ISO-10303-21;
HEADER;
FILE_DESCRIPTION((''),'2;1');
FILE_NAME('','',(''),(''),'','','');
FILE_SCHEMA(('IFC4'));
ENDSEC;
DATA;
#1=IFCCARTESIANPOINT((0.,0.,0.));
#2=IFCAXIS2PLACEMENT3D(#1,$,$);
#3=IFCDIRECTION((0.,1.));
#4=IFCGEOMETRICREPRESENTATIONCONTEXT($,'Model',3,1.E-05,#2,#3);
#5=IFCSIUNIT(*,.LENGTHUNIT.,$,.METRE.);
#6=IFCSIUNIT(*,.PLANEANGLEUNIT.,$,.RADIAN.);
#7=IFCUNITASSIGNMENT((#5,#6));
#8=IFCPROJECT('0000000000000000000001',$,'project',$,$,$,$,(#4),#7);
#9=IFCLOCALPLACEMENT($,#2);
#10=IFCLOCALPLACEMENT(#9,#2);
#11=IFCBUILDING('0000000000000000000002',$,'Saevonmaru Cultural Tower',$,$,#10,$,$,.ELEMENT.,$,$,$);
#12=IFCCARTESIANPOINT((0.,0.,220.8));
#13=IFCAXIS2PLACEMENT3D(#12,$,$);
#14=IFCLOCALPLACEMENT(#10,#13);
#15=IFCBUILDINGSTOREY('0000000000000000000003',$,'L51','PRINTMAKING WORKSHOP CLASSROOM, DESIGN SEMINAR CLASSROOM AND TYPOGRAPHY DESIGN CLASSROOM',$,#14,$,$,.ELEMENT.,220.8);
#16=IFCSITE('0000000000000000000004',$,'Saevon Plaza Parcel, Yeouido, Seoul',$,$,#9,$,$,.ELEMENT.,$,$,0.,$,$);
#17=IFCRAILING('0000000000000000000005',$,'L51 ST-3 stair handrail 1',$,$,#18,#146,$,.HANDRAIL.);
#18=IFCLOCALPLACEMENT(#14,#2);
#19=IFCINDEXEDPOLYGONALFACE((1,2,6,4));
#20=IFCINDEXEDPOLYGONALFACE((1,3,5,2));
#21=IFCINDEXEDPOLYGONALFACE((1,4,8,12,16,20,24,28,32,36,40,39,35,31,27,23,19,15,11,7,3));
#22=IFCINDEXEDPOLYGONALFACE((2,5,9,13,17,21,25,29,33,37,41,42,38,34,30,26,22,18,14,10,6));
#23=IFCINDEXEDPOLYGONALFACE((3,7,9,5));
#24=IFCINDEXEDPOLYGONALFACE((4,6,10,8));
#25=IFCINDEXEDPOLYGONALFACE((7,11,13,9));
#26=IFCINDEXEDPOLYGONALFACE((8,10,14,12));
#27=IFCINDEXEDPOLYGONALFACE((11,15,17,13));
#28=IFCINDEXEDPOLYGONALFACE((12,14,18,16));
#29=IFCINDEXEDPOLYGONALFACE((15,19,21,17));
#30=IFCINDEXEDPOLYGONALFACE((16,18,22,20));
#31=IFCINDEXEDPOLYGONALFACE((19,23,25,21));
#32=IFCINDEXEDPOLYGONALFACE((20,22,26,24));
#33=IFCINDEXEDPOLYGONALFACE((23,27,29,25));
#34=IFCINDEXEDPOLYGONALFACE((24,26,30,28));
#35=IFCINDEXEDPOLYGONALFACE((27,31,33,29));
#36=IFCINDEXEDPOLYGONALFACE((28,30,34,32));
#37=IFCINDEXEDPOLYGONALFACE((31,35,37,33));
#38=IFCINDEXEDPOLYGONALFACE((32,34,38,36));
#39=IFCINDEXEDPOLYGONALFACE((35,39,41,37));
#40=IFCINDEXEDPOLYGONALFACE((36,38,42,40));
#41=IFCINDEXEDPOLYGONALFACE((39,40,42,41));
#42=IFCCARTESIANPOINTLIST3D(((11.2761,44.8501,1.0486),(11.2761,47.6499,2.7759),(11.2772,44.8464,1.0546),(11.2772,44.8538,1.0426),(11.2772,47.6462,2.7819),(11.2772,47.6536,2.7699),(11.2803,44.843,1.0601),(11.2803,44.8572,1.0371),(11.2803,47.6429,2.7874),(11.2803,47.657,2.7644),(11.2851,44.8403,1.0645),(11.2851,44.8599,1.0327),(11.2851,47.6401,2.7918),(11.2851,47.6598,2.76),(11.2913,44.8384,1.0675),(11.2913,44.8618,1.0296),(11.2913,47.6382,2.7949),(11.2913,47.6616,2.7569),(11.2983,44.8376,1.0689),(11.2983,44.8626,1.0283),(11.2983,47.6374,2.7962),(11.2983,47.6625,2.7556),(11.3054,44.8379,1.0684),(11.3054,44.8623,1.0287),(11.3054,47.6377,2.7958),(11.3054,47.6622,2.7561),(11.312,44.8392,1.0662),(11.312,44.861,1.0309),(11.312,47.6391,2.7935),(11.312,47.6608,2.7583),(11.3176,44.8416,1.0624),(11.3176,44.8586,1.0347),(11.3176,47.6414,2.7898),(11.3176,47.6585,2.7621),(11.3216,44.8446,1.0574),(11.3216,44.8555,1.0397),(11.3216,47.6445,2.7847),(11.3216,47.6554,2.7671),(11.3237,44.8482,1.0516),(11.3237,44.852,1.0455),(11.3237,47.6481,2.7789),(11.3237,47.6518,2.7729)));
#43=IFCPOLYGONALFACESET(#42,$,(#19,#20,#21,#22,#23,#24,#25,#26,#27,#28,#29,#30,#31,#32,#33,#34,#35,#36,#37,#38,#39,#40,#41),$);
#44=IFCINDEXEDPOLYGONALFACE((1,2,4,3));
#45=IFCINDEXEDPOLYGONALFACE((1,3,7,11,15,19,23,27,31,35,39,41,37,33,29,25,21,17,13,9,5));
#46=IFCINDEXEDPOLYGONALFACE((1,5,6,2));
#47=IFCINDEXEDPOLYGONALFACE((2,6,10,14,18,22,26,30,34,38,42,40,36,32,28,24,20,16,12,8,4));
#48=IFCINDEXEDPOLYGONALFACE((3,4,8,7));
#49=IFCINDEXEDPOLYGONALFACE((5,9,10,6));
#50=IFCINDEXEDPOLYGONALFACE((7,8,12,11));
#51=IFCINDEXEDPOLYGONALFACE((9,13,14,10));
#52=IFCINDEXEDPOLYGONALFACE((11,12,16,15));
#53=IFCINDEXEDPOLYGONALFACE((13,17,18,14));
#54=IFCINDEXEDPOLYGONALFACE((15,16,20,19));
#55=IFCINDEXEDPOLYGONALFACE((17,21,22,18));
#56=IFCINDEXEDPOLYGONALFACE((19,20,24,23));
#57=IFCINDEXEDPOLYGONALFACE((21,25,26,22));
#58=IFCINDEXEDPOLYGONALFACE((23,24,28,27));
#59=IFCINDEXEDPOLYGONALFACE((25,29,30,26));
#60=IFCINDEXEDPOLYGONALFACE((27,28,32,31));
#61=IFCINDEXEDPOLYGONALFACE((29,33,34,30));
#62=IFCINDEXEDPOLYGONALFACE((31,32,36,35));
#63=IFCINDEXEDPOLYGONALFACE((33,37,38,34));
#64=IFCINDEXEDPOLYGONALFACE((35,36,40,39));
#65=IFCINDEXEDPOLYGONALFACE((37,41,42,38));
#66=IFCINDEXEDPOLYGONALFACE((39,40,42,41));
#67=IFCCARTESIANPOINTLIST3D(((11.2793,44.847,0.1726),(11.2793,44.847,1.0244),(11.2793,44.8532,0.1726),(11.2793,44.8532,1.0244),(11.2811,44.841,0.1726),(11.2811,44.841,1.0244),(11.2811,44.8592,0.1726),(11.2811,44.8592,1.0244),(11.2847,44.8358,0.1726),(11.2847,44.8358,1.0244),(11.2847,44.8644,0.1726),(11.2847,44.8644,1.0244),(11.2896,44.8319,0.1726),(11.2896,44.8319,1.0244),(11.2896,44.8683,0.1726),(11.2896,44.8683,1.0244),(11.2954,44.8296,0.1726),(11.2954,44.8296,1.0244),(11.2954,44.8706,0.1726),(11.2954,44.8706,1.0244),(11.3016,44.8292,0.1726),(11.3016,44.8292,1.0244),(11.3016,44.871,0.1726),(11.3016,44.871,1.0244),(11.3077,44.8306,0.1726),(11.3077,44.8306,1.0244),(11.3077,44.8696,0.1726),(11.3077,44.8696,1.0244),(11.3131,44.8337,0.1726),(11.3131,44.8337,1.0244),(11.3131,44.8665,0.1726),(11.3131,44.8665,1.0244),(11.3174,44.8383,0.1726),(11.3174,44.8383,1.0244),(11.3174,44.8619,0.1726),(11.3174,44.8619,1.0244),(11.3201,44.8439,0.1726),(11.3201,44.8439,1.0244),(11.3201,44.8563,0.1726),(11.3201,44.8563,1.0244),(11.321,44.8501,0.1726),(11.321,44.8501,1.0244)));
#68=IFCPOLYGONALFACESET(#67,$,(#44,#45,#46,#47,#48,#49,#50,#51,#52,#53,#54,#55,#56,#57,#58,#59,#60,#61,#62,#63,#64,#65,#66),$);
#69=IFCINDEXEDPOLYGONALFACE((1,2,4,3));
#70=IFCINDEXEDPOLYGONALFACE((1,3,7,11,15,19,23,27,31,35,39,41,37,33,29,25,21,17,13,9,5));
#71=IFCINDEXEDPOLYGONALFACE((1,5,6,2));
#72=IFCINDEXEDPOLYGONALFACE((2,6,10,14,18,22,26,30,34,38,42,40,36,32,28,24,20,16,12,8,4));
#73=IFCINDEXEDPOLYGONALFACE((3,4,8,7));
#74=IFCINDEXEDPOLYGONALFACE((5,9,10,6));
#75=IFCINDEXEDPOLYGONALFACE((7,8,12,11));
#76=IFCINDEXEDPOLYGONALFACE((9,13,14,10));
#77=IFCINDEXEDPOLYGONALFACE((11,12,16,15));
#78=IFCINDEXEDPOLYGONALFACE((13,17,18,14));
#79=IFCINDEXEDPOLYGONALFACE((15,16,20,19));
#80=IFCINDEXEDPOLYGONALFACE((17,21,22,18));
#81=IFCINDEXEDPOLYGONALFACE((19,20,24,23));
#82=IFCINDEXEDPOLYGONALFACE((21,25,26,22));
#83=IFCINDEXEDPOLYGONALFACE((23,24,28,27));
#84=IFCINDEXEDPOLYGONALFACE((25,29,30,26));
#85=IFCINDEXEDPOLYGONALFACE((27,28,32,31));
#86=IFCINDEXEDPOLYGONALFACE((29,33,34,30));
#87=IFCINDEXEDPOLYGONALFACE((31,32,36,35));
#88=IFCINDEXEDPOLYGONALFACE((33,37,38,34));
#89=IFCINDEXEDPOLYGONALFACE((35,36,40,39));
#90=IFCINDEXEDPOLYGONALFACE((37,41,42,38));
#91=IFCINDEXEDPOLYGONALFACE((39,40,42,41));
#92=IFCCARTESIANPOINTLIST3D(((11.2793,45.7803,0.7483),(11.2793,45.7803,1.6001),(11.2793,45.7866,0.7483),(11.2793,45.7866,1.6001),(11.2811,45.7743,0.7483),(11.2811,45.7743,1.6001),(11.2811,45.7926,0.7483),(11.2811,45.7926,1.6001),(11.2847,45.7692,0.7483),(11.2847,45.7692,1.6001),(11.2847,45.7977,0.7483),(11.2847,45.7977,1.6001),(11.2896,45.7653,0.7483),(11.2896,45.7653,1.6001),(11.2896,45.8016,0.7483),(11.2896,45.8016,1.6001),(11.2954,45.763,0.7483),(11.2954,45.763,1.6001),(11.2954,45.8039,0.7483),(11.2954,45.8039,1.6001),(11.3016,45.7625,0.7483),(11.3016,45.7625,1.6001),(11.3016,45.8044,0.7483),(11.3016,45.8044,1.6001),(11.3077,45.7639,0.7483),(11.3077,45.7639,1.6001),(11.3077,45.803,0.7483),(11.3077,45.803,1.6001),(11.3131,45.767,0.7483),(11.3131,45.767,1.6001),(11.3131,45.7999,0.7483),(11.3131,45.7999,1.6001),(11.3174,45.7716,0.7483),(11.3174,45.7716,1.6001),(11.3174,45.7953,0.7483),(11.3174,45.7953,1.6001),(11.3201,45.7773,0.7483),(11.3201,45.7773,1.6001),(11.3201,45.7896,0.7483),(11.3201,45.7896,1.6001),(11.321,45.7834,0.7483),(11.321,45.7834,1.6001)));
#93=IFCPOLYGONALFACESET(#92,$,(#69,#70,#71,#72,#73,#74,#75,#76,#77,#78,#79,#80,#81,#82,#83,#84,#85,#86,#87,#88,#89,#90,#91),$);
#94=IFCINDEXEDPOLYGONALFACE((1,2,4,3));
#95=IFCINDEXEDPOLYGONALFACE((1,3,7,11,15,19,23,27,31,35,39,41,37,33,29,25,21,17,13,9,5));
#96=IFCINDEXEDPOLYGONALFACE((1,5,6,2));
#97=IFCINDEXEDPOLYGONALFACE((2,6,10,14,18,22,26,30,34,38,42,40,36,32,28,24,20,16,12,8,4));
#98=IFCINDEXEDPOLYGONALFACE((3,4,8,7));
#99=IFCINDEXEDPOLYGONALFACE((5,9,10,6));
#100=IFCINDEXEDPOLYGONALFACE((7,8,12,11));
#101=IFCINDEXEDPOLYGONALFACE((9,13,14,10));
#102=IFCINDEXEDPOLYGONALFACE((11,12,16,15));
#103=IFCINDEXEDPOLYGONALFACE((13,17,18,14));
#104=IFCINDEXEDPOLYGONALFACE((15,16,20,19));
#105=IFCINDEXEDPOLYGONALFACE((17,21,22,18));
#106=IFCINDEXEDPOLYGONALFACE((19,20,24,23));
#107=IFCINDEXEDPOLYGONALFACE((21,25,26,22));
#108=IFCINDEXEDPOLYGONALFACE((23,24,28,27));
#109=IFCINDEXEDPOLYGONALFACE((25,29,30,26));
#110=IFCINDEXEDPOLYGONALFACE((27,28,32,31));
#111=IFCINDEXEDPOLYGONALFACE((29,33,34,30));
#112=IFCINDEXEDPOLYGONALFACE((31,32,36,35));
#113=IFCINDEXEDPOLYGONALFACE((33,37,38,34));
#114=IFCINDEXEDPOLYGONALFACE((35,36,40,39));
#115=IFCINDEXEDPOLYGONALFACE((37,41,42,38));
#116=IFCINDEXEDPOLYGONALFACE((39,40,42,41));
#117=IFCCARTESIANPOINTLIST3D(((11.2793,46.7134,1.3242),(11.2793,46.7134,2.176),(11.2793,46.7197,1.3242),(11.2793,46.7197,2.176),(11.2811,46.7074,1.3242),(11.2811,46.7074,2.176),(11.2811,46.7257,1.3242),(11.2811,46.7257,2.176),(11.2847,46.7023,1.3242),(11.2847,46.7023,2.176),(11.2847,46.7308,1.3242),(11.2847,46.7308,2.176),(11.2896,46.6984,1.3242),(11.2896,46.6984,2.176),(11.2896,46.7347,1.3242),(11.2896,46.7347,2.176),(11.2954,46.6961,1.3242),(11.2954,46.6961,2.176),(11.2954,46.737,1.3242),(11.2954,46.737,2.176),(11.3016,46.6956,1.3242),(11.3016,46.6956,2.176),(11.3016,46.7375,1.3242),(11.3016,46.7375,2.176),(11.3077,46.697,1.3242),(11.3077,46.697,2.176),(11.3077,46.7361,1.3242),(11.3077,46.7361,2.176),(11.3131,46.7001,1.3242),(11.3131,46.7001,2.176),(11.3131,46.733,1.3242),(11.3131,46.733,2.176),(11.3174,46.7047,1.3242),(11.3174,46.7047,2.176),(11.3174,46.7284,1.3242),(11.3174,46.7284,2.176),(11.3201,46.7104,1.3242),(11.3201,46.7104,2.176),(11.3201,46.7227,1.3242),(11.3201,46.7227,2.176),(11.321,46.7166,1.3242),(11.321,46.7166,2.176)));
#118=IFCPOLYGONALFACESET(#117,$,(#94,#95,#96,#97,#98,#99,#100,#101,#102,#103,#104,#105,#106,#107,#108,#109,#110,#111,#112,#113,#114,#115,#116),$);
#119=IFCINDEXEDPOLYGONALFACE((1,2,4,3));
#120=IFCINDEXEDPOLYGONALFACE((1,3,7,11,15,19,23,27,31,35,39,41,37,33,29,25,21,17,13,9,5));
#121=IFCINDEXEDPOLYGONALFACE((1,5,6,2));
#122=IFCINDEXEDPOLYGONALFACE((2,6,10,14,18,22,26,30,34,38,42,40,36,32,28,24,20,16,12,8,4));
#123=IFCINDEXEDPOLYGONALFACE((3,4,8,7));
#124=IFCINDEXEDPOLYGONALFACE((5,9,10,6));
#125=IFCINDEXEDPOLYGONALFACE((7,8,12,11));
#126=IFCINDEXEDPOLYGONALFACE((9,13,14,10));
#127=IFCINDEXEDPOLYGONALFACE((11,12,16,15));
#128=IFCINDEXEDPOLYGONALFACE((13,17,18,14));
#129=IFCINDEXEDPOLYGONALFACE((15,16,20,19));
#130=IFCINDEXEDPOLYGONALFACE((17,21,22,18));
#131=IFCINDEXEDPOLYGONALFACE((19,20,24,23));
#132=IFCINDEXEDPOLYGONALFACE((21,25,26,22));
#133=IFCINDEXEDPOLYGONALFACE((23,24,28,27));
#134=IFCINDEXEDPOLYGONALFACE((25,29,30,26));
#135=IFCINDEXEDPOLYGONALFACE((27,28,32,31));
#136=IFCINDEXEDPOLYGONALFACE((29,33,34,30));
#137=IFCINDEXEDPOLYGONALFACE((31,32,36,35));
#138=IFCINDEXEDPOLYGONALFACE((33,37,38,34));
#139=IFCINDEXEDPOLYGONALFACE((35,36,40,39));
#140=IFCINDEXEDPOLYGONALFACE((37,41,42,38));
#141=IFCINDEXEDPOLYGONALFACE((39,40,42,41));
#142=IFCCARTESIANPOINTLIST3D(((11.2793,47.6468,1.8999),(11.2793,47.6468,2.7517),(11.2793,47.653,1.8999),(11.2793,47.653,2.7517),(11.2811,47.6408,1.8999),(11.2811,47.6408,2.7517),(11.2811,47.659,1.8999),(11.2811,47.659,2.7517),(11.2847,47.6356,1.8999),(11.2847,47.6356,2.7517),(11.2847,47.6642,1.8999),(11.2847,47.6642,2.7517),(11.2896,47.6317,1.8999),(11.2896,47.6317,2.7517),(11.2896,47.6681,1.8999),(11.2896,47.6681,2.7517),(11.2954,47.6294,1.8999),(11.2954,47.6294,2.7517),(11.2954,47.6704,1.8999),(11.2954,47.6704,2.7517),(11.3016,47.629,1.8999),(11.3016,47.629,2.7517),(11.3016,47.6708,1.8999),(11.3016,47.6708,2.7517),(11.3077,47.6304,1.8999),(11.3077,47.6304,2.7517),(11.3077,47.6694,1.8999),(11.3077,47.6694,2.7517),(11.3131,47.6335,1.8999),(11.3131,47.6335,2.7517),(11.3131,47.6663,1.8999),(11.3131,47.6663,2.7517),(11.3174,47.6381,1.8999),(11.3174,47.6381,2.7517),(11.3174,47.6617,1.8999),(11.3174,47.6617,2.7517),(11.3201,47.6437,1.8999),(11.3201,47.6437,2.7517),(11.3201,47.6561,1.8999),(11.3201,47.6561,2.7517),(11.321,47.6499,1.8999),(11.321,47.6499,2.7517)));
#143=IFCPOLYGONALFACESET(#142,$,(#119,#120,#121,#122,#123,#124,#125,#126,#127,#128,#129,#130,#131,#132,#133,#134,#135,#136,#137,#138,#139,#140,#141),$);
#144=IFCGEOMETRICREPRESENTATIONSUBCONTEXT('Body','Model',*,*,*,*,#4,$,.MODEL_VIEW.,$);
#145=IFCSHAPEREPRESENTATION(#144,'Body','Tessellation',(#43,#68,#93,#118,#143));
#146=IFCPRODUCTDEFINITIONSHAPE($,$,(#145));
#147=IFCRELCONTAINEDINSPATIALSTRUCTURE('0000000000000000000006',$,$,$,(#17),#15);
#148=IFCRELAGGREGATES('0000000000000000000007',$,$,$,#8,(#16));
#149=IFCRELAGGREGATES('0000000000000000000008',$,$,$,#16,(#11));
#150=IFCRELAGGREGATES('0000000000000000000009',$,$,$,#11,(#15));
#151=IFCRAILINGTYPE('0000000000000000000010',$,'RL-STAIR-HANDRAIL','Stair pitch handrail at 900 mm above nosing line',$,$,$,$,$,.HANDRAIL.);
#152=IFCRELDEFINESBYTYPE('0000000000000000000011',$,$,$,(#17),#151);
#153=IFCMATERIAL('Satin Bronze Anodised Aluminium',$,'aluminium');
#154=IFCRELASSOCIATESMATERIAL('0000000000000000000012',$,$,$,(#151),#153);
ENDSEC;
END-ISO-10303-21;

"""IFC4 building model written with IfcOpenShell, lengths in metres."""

from ifc_helpers import new_model, si_unit, direction, frame, origin, origin_2d, place, context, subcontext, project, spatial, circle, extrude, material, type_object, element, save


model = new_model("IFC4")

# Units and contexts
model_context = context("Model", 3, precision=1e-05, world=origin(), true_north=direction((0.0, 1.0)))
body_context = subcontext(model_context, "Body", "Model", "MODEL_VIEW")
ifc_project = project(units=[si_unit("LENGTHUNIT", "METRE"), si_unit("PLANEANGLEUNIT", "RADIAN")], contexts=[model_context])

# Site, building, storey
site_placement = place(None, origin())
site = spatial("IfcSite", under=ifc_project, at=site_placement, Name="Saevon Plaza Parcel, Yeouido, Seoul", CompositionType="ELEMENT", RefElevation=0.0)
building_placement = place(site_placement, origin())
building = spatial("IfcBuilding", under=site, at=building_placement, Name="Saevonmaru Cultural Tower", CompositionType="ELEMENT")
storey_placement = place(building_placement, frame((0.0, 0.0, 220.8)))
storey = spatial("IfcBuildingStorey", under=building, at=storey_placement, Name="L51", Description="PRINTMAKING WORKSHOP CLASSROOM, DESIGN SEMINAR CLASSROOM AND TYPOGRAPHY DESIGN CLASSROOM", CompositionType="ELEMENT", Elevation=220.8)

# Shared definitions
ifc_material_1 = material(Name="Satin Bronze Anodised Aluminium", Category="aluminium")

# Railing
railing_type_1 = type_object("IfcRailingType", Name="RL-STAIR-HANDRAIL", Description="Stair pitch handrail at 900 mm above nosing line", PredefinedType="HANDRAIL", material=ifc_material_1)
railing_1_placement = place(storey_placement, frame((11.3, 44.8501, 0.1726)))
element("IfcRailing", 1, at=railing_1_placement, inside=storey, type_object=railing_type_1, Name="L51 ST-3 stair handrail 1", PredefinedType="HANDRAIL", context=body_context, shape_type="SweptSolid", body=[
    extrude(circle(Radius=0.0239, at=origin_2d()), frame((0.0, 0.0, 0.876), z_axis=(0.0, 0.851069, 0.525054), x_axis=(-1.0, 0.0, 0.0)), (0.0, 0.0, 1.0), 3.2898),
    extrude(circle(Radius=0.021, at=origin_2d()), origin(), (0.0, 0.0, 1.0), 0.8518),
    extrude(circle(Radius=0.021, at=origin_2d()), frame((0.0, 0.9333, 0.5757)), (0.0, 0.0, 1.0), 0.8518),
    extrude(circle(Radius=0.021, at=origin_2d()), frame((0.0, 1.8665, 1.1516)), (0.0, 0.0, 1.0), 0.8518),
    extrude(circle(Radius=0.021, at=origin_2d()), frame((0.0, 2.7998, 1.7273)), (0.0, 0.0, 1.0), 0.8518),
])

save(model, "model.ifc")
